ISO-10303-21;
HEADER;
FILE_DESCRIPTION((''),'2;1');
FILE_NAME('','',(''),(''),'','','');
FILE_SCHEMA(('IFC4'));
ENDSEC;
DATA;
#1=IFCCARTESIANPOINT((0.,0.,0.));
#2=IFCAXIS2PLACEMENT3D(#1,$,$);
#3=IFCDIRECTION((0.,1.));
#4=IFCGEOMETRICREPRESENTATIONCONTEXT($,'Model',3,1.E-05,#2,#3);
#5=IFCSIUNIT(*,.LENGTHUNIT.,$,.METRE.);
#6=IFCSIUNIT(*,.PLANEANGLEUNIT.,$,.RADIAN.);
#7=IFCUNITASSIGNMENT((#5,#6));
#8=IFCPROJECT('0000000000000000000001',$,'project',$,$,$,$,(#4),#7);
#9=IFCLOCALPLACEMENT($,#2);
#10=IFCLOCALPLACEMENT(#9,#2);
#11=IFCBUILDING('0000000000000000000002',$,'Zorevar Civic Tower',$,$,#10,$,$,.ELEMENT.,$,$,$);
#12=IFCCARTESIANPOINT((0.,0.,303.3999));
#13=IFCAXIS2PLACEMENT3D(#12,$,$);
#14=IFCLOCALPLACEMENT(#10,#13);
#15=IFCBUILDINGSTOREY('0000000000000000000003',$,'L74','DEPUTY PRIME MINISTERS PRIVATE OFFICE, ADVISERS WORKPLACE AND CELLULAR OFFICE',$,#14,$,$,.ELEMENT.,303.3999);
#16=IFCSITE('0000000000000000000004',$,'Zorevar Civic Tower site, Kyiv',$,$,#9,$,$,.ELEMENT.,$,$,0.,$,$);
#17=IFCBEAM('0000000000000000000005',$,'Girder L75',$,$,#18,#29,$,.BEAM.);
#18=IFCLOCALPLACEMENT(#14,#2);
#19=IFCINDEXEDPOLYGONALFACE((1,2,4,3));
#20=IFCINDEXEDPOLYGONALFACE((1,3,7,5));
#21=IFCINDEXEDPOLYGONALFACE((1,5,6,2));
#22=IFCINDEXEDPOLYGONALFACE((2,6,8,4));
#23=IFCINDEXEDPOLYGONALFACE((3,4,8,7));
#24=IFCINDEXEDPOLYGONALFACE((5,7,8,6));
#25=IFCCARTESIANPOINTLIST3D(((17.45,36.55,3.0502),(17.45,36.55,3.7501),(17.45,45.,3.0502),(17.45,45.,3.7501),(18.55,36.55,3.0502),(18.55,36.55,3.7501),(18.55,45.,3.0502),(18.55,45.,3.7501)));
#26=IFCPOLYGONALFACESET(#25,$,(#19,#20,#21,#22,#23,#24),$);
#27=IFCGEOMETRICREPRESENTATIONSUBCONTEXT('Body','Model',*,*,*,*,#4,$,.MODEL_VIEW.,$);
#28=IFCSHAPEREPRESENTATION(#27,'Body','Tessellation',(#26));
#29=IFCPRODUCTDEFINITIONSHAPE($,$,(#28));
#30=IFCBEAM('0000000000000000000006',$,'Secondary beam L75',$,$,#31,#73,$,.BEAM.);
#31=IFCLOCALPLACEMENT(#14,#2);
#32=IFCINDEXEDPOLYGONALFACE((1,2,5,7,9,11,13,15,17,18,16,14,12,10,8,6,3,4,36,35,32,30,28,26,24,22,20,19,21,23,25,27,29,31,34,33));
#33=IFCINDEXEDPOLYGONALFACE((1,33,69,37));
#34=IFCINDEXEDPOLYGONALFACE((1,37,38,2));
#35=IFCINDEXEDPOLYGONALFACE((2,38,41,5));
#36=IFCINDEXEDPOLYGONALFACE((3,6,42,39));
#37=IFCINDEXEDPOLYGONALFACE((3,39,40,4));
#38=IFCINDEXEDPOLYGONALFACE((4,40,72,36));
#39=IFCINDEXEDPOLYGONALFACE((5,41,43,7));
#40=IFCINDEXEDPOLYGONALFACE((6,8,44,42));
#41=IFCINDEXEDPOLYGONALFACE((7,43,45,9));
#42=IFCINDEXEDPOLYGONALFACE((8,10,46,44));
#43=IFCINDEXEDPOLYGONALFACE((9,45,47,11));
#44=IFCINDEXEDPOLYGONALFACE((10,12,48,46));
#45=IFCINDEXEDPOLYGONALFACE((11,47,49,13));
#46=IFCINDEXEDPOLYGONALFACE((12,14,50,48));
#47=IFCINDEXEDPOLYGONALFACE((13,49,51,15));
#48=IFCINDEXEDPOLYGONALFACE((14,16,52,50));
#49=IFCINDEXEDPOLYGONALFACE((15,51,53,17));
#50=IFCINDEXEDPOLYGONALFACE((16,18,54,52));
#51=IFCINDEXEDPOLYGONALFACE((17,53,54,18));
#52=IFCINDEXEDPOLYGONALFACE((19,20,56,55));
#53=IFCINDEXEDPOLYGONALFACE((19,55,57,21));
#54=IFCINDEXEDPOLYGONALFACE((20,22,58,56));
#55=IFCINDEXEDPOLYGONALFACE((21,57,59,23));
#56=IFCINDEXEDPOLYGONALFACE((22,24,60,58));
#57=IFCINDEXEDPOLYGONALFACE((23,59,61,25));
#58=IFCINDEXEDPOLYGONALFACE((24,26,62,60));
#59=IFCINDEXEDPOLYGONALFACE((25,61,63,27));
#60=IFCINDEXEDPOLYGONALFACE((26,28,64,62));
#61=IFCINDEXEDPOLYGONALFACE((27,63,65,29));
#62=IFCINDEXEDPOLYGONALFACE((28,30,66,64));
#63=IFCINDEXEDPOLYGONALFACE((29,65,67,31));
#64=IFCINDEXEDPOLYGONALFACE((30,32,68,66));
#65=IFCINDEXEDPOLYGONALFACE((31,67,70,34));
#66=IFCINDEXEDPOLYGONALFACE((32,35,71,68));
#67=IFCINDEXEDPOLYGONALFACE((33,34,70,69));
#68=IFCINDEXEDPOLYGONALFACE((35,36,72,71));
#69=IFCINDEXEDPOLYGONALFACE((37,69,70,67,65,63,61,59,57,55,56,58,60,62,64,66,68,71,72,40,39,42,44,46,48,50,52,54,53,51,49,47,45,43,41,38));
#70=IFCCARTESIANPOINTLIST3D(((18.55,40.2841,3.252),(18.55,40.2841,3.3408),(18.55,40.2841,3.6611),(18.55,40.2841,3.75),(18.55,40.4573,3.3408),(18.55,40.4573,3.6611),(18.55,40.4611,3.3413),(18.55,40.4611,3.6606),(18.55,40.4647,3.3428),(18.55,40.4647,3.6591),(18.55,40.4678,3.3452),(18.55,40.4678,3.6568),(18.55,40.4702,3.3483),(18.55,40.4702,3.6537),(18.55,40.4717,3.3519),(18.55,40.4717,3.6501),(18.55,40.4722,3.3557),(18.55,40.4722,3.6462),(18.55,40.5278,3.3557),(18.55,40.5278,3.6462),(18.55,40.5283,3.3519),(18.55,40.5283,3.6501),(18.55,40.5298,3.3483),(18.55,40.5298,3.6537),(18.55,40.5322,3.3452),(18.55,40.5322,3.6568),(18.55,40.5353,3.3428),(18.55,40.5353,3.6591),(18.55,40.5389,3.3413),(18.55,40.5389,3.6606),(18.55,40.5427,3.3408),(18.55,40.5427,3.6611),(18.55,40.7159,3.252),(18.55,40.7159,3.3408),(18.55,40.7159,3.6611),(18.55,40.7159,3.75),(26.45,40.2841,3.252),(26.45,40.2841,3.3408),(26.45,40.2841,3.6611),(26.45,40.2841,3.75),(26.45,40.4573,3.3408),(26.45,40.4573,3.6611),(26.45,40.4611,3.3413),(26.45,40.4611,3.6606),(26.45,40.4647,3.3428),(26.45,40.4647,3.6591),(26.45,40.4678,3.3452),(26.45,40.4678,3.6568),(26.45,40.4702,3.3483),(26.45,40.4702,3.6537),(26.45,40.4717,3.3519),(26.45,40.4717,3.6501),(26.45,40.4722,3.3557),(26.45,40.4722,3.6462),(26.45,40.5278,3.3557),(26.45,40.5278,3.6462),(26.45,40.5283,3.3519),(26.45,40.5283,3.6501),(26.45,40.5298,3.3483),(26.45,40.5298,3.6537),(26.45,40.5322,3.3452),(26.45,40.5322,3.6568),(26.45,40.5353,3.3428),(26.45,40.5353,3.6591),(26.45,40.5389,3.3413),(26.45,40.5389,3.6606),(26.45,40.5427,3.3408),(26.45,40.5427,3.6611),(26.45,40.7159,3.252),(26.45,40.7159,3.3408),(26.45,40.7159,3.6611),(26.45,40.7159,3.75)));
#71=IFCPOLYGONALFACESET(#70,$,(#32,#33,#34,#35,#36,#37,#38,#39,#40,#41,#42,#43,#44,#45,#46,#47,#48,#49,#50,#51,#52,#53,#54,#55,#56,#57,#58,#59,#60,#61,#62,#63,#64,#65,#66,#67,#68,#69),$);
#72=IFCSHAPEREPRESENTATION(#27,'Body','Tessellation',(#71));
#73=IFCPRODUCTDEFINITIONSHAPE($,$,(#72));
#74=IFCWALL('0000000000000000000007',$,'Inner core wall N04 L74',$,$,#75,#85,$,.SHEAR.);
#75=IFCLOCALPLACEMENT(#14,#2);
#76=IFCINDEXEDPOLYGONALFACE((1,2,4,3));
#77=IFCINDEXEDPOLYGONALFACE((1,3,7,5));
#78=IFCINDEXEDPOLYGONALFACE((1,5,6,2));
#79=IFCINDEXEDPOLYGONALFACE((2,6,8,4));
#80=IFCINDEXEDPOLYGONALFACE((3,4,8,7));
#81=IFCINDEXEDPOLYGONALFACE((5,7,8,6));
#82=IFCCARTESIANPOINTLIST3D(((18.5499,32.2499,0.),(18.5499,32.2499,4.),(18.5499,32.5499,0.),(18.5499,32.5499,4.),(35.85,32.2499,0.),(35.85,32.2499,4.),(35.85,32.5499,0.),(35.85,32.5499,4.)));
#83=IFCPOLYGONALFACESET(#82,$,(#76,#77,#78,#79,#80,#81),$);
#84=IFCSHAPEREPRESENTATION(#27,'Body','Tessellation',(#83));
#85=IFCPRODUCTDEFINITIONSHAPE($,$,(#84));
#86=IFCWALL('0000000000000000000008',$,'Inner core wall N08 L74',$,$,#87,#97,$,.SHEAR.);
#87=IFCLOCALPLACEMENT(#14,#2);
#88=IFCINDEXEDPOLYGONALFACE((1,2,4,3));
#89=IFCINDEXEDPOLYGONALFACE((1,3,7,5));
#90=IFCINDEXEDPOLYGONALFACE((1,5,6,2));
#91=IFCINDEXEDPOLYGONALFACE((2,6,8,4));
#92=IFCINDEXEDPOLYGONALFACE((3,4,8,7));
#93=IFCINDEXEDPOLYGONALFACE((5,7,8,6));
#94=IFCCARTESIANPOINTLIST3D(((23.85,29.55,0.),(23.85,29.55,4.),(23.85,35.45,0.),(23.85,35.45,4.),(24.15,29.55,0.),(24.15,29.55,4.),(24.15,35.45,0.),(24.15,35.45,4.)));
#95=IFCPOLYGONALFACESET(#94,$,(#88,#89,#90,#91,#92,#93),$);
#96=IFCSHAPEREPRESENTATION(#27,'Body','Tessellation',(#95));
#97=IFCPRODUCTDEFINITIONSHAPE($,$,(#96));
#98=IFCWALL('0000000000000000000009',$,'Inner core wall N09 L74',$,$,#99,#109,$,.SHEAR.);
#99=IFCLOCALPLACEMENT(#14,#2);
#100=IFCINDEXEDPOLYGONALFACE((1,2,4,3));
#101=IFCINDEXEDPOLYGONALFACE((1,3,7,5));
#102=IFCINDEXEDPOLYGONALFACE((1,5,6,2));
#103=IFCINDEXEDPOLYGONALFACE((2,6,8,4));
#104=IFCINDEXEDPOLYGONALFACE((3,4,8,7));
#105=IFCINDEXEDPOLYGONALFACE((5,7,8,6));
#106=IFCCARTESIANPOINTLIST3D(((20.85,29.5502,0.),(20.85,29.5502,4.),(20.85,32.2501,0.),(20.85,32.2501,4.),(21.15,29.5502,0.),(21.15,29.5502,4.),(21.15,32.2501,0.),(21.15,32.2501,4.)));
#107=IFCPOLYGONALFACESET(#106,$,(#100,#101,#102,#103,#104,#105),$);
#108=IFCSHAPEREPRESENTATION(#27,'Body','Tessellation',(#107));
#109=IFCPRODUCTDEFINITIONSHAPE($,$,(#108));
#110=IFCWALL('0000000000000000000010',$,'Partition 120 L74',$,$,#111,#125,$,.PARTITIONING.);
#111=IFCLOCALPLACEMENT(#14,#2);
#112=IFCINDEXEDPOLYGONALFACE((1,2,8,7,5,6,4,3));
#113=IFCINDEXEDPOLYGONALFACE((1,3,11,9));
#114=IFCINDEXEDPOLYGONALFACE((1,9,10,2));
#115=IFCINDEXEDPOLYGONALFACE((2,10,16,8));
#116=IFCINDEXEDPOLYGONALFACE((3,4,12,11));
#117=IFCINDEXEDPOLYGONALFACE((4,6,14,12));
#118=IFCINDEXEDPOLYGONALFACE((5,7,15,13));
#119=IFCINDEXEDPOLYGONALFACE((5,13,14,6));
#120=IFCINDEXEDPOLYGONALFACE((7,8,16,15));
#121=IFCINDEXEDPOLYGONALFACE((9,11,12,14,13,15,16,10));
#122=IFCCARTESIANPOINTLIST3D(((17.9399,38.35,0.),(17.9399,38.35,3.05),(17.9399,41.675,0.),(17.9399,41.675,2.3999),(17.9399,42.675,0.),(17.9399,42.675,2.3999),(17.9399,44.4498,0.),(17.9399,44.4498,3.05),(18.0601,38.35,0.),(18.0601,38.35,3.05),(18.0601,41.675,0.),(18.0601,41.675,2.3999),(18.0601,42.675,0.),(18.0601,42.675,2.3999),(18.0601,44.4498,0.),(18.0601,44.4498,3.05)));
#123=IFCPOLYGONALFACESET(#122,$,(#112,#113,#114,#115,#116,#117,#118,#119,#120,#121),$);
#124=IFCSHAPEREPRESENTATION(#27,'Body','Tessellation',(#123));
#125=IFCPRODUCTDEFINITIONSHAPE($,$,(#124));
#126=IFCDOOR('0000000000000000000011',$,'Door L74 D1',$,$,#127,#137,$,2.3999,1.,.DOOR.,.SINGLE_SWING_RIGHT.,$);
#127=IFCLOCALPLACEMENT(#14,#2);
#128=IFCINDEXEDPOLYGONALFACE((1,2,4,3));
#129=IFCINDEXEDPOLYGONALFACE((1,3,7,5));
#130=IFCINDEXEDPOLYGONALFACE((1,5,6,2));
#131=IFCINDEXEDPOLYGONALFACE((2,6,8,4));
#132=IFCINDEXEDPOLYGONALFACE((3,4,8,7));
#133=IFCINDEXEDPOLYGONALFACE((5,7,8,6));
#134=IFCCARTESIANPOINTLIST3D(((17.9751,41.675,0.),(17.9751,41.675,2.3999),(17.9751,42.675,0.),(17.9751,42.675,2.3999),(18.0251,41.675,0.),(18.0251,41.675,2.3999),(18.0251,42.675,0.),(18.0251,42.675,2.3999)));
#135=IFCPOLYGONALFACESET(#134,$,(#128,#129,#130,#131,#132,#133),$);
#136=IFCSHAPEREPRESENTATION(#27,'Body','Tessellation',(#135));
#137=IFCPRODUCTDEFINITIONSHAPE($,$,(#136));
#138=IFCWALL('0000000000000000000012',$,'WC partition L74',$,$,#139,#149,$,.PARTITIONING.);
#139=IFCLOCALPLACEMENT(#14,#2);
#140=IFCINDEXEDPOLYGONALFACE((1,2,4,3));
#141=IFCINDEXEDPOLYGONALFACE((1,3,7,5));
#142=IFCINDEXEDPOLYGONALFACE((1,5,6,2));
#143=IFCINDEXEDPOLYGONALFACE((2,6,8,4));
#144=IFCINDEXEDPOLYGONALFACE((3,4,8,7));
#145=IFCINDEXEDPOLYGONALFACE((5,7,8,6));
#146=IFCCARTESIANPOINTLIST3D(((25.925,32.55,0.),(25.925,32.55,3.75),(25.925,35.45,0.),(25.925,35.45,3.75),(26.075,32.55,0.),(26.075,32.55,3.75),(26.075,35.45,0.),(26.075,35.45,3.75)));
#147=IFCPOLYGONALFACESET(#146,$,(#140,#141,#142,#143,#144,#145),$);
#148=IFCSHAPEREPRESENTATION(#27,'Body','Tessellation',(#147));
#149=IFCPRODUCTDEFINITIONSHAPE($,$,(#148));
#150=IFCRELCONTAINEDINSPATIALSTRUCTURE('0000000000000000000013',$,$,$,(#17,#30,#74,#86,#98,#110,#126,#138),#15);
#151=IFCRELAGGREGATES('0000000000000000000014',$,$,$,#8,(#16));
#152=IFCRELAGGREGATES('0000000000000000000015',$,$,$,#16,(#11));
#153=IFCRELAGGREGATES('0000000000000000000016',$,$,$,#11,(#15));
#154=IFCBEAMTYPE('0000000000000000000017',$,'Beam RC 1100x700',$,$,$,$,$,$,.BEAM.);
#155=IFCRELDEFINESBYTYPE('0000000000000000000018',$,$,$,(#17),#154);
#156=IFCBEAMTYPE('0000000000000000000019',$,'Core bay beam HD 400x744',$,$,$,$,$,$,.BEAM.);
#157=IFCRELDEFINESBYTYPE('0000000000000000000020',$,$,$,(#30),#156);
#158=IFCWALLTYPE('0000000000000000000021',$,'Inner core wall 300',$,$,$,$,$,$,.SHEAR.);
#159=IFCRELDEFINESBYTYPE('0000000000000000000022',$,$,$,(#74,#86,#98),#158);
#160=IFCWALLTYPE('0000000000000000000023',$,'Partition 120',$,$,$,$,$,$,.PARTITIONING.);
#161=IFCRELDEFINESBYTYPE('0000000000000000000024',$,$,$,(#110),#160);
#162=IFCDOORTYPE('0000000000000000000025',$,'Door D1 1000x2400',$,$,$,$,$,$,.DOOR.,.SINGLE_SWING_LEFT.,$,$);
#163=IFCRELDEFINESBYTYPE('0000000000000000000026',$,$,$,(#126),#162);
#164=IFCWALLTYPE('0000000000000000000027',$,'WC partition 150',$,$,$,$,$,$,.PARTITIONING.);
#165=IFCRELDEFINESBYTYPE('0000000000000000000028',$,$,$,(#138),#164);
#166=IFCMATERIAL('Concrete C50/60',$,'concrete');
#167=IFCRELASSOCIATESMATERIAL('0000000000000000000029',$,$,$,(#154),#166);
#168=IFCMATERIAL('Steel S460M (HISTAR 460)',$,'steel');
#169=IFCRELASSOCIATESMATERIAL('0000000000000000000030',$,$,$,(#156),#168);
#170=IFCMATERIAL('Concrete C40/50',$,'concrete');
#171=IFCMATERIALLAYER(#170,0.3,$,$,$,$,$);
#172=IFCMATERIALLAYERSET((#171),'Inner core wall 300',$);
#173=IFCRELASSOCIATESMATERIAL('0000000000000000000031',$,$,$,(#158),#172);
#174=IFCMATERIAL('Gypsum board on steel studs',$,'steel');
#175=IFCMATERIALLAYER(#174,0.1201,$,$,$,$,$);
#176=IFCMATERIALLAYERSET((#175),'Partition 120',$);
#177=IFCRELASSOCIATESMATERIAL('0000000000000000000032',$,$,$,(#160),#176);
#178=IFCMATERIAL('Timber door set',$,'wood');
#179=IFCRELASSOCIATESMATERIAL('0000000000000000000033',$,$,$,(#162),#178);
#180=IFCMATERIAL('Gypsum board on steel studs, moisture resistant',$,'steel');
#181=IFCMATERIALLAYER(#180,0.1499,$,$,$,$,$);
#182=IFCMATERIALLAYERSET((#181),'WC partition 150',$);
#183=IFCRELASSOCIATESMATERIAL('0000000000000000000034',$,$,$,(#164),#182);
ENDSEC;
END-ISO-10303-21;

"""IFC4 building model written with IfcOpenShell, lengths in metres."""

from ifc_helpers import new_model, si_unit, direction, frame, frame_2d, origin, origin_2d, place, context, subcontext, project, spatial, rectangle, i_section, extrude, material, layer, layer_set, material_profile, profile_set, type_object, element, fill, save


model = new_model("IFC4")

# Units and contexts
model_context = context("Model", 3, precision=1e-05, world=origin(), true_north=direction((0.0, 1.0)))
body_context = subcontext(model_context, "Body", "Model", "MODEL_VIEW")
ifc_project = project(units=[si_unit("LENGTHUNIT", "METRE"), si_unit("PLANEANGLEUNIT", "RADIAN")], contexts=[model_context])

# Site, building, storey
site_placement = place(None, origin())
site = spatial("IfcSite", under=ifc_project, at=site_placement, Name="Zorevar Civic Tower site, Kyiv", CompositionType="ELEMENT", RefElevation=0.0)
building_placement = place(site_placement, origin())
building = spatial("IfcBuilding", under=site, at=building_placement, Name="Zorevar Civic Tower", CompositionType="ELEMENT")
storey_placement = place(building_placement, frame((0.0, 0.0, 303.3999)))
storey = spatial("IfcBuildingStorey", under=building, at=storey_placement, Name="L74", Description="DEPUTY PRIME MINISTERS PRIVATE OFFICE, ADVISERS WORKPLACE AND CELLULAR OFFICE", CompositionType="ELEMENT", Elevation=303.3999)

# Beams
ifc_material_1 = material(Name="Concrete C50/60", Category="concrete")
ifc_material_profile_1 = material_profile(ifc_material_1, rectangle(XDim=1.1001, YDim=0.7, at=origin_2d()), Name="RC 1100x700")
ifc_profile_set_1 = profile_set([ifc_material_profile_1], Name="Concrete C50/60")
beam_type_1 = type_object("IfcBeamType", Name="Beam RC 1100x700", PredefinedType="BEAM", material=ifc_profile_set_1)
beam_1_placement = place(storey_placement, frame((18.0, 36.55, 3.4001), z_axis=(0.0, 1.0, 0.0), x_axis=(-1.0, 0.0, 0.0)))
element("IfcBeam", 1, at=beam_1_placement, inside=storey, type_object=beam_type_1, Name="Girder L75", PredefinedType="BEAM", context=body_context, shape_type="SweptSolid", body=[
    extrude(rectangle(XDim=1.1001, YDim=0.7, at=origin_2d()), origin(), (0.0, 0.0, 1.0), 8.45),
])
ifc_material_2 = material(Name="Steel S460M (HISTAR 460)", Category="steel")
ifc_material_profile_2 = material_profile(ifc_material_2, i_section(OverallWidth=0.4319, OverallDepth=0.498, WebThickness=0.0557, FlangeThickness=0.0889, FilletRadius=0.0149, at=origin_2d()), Name="HD 400x744")
ifc_profile_set_2 = profile_set([ifc_material_profile_2], Name="Steel S460M (HISTAR 460)")
beam_type_2 = type_object("IfcBeamType", Name="Core bay beam HD 400x744", PredefinedType="BEAM", material=ifc_profile_set_2)
beam_2_placement = place(storey_placement, frame((18.55, 40.5, 3.501), z_axis=(1.0, 0.0, 0.0), x_axis=(0.0, 1.0, 0.0)))
element("IfcBeam", 2, at=beam_2_placement, inside=storey, type_object=beam_type_2, Name="Secondary beam L75", PredefinedType="BEAM", context=body_context, shape_type="SweptSolid", body=[
    extrude(i_section(OverallWidth=0.4319, OverallDepth=0.498, WebThickness=0.0557, FlangeThickness=0.0889, FilletRadius=0.0149, at=origin_2d()), origin(), (0.0, 0.0, 1.0), 7.8999),
])

# Shared definitions
ifc_material_3 = material(Name="Concrete C40/50", Category="concrete")
ifc_layer_1 = layer(ifc_material_3, 0.3)
ifc_layer_set_1 = layer_set([ifc_layer_1], Name="Inner core wall 300")
wall_type_1 = type_object("IfcWallType", Name="Inner core wall 300", PredefinedType="SHEAR", material=ifc_layer_set_1)

# Walls
wall_1_placement = place(storey_placement, frame((18.55, 32.3999, 0.0), z_axis=(0.0, 0.0, 1.0), x_axis=(1.0, 0.0, 0.0)))
element("IfcWall", 3, at=wall_1_placement, inside=storey, type_object=wall_type_1, Name="Inner core wall N04 L74", PredefinedType="SHEAR", context=body_context, shape_type="SweptSolid", body=[
    extrude(rectangle(XDim=17.3, YDim=0.3, at=frame_2d((8.6499, 0.0))), origin(), (0.0, 0.0, 1.0), 4.0),
])
wall_2_placement = place(storey_placement, frame((24.0, 29.55, 0.0), z_axis=(0.0, 0.0, 1.0), x_axis=(0.0, 1.0, 0.0)))
element("IfcWall", 4, at=wall_2_placement, inside=storey, type_object=wall_type_1, Name="Inner core wall N08 L74", PredefinedType="SHEAR", context=body_context, shape_type="SweptSolid", body=[
    extrude(rectangle(XDim=5.8999, YDim=0.3, at=frame_2d((2.95, 0.0))), origin(), (0.0, 0.0, 1.0), 4.0),
])
wall_3_placement = place(storey_placement, frame((21.0, 29.55, 0.0), z_axis=(0.0, 0.0, 1.0), x_axis=(0.0, 1.0, 0.0)))
element("IfcWall", 5, at=wall_3_placement, inside=storey, type_object=wall_type_1, Name="Inner core wall N09 L74", PredefinedType="SHEAR", context=body_context, shape_type="SweptSolid", body=[
    extrude(rectangle(XDim=2.7, YDim=0.3, at=frame_2d((1.3501, 0.0))), origin(), (0.0, 0.0, 1.0), 4.0),
])

# Wall, opening, door
ifc_material_4 = material(Name="Gypsum board on steel studs", Category="steel")
ifc_layer_2 = layer(ifc_material_4, 0.1201)
ifc_layer_set_2 = layer_set([ifc_layer_2], Name="Partition 120")
wall_type_2 = type_object("IfcWallType", Name="Partition 120", PredefinedType="PARTITIONING", material=ifc_layer_set_2)
wall_4_placement = place(storey_placement, frame((18.0, 38.3501, 0.0), z_axis=(0.0, 0.0, 1.0), x_axis=(0.0, 1.0, 0.0)))
wall_4 = element("IfcWall", 6, at=wall_4_placement, inside=storey, type_object=wall_type_2, Name="Partition 120 L74", PredefinedType="PARTITIONING", context=body_context, shape_type="SweptSolid", body=[
    extrude(rectangle(XDim=6.0999, YDim=0.1201, at=frame_2d((3.0498, 0.0))), origin(), (0.0, 0.0, 1.0), 3.05),
])
opening_1_placement = place(wall_4_placement, frame((3.325, 0.0, 0.0)))
opening_1 = element("IfcOpeningElement", 7, at=opening_1_placement, cuts=wall_4, PredefinedType="OPENING", context=body_context, shape_type="SweptSolid", body=[
    extrude(rectangle(XDim=1.0, YDim=2.3999, at=frame_2d((0.5, 1.2))), frame((0.0, 0.0701, 0.0), z_axis=(0.0, -1.0, 0.0), x_axis=(1.0, 0.0, 0.0)), (0.0, 0.0, 1.0), 0.1401),
])
ifc_material_5 = material(Name="Timber door set", Category="wood")
door_type_1 = type_object("IfcDoorType", Name="Door D1 1000x2400", OperationType="SINGLE_SWING_LEFT", PredefinedType="DOOR", material=ifc_material_5)
door_1_placement = place(opening_1_placement, origin())
door_1 = element("IfcDoor", 8, at=door_1_placement, inside=storey, type_object=door_type_1, Name="Door L74 D1", OperationType="SINGLE_SWING_RIGHT", OverallHeight=2.3999, OverallWidth=1.0, PredefinedType="DOOR", context=body_context, shape_type="SweptSolid", body=[
    extrude(rectangle(XDim=1.0, YDim=2.3999, at=frame_2d((0.5, 1.2))), frame((0.0, 0.0249, 0.0), z_axis=(0.0, -1.0, 0.0), x_axis=(1.0, 0.0, 0.0)), (0.0, 0.0, 1.0), 0.05),
])
fill(opening_1, door_1)

# Wall
ifc_material_6 = material(Name="Gypsum board on steel studs, moisture resistant", Category="steel")
ifc_layer_3 = layer(ifc_material_6, 0.1499)
ifc_layer_set_3 = layer_set([ifc_layer_3], Name="WC partition 150")
wall_type_3 = type_object("IfcWallType", Name="WC partition 150", PredefinedType="PARTITIONING", material=ifc_layer_set_3)
wall_5_placement = place(storey_placement, frame((26.0, 32.55, 0.0), z_axis=(0.0, 0.0, 1.0), x_axis=(0.0, 1.0, 0.0)))
element("IfcWall", 9, at=wall_5_placement, inside=storey, type_object=wall_type_3, Name="WC partition L74", PredefinedType="PARTITIONING", context=body_context, shape_type="SweptSolid", body=[
    extrude(rectangle(XDim=2.8999, YDim=0.1499, at=frame_2d((1.45, 0.0))), origin(), (0.0, 0.0, 1.0), 3.75),
])

save(model, "model.ifc")
